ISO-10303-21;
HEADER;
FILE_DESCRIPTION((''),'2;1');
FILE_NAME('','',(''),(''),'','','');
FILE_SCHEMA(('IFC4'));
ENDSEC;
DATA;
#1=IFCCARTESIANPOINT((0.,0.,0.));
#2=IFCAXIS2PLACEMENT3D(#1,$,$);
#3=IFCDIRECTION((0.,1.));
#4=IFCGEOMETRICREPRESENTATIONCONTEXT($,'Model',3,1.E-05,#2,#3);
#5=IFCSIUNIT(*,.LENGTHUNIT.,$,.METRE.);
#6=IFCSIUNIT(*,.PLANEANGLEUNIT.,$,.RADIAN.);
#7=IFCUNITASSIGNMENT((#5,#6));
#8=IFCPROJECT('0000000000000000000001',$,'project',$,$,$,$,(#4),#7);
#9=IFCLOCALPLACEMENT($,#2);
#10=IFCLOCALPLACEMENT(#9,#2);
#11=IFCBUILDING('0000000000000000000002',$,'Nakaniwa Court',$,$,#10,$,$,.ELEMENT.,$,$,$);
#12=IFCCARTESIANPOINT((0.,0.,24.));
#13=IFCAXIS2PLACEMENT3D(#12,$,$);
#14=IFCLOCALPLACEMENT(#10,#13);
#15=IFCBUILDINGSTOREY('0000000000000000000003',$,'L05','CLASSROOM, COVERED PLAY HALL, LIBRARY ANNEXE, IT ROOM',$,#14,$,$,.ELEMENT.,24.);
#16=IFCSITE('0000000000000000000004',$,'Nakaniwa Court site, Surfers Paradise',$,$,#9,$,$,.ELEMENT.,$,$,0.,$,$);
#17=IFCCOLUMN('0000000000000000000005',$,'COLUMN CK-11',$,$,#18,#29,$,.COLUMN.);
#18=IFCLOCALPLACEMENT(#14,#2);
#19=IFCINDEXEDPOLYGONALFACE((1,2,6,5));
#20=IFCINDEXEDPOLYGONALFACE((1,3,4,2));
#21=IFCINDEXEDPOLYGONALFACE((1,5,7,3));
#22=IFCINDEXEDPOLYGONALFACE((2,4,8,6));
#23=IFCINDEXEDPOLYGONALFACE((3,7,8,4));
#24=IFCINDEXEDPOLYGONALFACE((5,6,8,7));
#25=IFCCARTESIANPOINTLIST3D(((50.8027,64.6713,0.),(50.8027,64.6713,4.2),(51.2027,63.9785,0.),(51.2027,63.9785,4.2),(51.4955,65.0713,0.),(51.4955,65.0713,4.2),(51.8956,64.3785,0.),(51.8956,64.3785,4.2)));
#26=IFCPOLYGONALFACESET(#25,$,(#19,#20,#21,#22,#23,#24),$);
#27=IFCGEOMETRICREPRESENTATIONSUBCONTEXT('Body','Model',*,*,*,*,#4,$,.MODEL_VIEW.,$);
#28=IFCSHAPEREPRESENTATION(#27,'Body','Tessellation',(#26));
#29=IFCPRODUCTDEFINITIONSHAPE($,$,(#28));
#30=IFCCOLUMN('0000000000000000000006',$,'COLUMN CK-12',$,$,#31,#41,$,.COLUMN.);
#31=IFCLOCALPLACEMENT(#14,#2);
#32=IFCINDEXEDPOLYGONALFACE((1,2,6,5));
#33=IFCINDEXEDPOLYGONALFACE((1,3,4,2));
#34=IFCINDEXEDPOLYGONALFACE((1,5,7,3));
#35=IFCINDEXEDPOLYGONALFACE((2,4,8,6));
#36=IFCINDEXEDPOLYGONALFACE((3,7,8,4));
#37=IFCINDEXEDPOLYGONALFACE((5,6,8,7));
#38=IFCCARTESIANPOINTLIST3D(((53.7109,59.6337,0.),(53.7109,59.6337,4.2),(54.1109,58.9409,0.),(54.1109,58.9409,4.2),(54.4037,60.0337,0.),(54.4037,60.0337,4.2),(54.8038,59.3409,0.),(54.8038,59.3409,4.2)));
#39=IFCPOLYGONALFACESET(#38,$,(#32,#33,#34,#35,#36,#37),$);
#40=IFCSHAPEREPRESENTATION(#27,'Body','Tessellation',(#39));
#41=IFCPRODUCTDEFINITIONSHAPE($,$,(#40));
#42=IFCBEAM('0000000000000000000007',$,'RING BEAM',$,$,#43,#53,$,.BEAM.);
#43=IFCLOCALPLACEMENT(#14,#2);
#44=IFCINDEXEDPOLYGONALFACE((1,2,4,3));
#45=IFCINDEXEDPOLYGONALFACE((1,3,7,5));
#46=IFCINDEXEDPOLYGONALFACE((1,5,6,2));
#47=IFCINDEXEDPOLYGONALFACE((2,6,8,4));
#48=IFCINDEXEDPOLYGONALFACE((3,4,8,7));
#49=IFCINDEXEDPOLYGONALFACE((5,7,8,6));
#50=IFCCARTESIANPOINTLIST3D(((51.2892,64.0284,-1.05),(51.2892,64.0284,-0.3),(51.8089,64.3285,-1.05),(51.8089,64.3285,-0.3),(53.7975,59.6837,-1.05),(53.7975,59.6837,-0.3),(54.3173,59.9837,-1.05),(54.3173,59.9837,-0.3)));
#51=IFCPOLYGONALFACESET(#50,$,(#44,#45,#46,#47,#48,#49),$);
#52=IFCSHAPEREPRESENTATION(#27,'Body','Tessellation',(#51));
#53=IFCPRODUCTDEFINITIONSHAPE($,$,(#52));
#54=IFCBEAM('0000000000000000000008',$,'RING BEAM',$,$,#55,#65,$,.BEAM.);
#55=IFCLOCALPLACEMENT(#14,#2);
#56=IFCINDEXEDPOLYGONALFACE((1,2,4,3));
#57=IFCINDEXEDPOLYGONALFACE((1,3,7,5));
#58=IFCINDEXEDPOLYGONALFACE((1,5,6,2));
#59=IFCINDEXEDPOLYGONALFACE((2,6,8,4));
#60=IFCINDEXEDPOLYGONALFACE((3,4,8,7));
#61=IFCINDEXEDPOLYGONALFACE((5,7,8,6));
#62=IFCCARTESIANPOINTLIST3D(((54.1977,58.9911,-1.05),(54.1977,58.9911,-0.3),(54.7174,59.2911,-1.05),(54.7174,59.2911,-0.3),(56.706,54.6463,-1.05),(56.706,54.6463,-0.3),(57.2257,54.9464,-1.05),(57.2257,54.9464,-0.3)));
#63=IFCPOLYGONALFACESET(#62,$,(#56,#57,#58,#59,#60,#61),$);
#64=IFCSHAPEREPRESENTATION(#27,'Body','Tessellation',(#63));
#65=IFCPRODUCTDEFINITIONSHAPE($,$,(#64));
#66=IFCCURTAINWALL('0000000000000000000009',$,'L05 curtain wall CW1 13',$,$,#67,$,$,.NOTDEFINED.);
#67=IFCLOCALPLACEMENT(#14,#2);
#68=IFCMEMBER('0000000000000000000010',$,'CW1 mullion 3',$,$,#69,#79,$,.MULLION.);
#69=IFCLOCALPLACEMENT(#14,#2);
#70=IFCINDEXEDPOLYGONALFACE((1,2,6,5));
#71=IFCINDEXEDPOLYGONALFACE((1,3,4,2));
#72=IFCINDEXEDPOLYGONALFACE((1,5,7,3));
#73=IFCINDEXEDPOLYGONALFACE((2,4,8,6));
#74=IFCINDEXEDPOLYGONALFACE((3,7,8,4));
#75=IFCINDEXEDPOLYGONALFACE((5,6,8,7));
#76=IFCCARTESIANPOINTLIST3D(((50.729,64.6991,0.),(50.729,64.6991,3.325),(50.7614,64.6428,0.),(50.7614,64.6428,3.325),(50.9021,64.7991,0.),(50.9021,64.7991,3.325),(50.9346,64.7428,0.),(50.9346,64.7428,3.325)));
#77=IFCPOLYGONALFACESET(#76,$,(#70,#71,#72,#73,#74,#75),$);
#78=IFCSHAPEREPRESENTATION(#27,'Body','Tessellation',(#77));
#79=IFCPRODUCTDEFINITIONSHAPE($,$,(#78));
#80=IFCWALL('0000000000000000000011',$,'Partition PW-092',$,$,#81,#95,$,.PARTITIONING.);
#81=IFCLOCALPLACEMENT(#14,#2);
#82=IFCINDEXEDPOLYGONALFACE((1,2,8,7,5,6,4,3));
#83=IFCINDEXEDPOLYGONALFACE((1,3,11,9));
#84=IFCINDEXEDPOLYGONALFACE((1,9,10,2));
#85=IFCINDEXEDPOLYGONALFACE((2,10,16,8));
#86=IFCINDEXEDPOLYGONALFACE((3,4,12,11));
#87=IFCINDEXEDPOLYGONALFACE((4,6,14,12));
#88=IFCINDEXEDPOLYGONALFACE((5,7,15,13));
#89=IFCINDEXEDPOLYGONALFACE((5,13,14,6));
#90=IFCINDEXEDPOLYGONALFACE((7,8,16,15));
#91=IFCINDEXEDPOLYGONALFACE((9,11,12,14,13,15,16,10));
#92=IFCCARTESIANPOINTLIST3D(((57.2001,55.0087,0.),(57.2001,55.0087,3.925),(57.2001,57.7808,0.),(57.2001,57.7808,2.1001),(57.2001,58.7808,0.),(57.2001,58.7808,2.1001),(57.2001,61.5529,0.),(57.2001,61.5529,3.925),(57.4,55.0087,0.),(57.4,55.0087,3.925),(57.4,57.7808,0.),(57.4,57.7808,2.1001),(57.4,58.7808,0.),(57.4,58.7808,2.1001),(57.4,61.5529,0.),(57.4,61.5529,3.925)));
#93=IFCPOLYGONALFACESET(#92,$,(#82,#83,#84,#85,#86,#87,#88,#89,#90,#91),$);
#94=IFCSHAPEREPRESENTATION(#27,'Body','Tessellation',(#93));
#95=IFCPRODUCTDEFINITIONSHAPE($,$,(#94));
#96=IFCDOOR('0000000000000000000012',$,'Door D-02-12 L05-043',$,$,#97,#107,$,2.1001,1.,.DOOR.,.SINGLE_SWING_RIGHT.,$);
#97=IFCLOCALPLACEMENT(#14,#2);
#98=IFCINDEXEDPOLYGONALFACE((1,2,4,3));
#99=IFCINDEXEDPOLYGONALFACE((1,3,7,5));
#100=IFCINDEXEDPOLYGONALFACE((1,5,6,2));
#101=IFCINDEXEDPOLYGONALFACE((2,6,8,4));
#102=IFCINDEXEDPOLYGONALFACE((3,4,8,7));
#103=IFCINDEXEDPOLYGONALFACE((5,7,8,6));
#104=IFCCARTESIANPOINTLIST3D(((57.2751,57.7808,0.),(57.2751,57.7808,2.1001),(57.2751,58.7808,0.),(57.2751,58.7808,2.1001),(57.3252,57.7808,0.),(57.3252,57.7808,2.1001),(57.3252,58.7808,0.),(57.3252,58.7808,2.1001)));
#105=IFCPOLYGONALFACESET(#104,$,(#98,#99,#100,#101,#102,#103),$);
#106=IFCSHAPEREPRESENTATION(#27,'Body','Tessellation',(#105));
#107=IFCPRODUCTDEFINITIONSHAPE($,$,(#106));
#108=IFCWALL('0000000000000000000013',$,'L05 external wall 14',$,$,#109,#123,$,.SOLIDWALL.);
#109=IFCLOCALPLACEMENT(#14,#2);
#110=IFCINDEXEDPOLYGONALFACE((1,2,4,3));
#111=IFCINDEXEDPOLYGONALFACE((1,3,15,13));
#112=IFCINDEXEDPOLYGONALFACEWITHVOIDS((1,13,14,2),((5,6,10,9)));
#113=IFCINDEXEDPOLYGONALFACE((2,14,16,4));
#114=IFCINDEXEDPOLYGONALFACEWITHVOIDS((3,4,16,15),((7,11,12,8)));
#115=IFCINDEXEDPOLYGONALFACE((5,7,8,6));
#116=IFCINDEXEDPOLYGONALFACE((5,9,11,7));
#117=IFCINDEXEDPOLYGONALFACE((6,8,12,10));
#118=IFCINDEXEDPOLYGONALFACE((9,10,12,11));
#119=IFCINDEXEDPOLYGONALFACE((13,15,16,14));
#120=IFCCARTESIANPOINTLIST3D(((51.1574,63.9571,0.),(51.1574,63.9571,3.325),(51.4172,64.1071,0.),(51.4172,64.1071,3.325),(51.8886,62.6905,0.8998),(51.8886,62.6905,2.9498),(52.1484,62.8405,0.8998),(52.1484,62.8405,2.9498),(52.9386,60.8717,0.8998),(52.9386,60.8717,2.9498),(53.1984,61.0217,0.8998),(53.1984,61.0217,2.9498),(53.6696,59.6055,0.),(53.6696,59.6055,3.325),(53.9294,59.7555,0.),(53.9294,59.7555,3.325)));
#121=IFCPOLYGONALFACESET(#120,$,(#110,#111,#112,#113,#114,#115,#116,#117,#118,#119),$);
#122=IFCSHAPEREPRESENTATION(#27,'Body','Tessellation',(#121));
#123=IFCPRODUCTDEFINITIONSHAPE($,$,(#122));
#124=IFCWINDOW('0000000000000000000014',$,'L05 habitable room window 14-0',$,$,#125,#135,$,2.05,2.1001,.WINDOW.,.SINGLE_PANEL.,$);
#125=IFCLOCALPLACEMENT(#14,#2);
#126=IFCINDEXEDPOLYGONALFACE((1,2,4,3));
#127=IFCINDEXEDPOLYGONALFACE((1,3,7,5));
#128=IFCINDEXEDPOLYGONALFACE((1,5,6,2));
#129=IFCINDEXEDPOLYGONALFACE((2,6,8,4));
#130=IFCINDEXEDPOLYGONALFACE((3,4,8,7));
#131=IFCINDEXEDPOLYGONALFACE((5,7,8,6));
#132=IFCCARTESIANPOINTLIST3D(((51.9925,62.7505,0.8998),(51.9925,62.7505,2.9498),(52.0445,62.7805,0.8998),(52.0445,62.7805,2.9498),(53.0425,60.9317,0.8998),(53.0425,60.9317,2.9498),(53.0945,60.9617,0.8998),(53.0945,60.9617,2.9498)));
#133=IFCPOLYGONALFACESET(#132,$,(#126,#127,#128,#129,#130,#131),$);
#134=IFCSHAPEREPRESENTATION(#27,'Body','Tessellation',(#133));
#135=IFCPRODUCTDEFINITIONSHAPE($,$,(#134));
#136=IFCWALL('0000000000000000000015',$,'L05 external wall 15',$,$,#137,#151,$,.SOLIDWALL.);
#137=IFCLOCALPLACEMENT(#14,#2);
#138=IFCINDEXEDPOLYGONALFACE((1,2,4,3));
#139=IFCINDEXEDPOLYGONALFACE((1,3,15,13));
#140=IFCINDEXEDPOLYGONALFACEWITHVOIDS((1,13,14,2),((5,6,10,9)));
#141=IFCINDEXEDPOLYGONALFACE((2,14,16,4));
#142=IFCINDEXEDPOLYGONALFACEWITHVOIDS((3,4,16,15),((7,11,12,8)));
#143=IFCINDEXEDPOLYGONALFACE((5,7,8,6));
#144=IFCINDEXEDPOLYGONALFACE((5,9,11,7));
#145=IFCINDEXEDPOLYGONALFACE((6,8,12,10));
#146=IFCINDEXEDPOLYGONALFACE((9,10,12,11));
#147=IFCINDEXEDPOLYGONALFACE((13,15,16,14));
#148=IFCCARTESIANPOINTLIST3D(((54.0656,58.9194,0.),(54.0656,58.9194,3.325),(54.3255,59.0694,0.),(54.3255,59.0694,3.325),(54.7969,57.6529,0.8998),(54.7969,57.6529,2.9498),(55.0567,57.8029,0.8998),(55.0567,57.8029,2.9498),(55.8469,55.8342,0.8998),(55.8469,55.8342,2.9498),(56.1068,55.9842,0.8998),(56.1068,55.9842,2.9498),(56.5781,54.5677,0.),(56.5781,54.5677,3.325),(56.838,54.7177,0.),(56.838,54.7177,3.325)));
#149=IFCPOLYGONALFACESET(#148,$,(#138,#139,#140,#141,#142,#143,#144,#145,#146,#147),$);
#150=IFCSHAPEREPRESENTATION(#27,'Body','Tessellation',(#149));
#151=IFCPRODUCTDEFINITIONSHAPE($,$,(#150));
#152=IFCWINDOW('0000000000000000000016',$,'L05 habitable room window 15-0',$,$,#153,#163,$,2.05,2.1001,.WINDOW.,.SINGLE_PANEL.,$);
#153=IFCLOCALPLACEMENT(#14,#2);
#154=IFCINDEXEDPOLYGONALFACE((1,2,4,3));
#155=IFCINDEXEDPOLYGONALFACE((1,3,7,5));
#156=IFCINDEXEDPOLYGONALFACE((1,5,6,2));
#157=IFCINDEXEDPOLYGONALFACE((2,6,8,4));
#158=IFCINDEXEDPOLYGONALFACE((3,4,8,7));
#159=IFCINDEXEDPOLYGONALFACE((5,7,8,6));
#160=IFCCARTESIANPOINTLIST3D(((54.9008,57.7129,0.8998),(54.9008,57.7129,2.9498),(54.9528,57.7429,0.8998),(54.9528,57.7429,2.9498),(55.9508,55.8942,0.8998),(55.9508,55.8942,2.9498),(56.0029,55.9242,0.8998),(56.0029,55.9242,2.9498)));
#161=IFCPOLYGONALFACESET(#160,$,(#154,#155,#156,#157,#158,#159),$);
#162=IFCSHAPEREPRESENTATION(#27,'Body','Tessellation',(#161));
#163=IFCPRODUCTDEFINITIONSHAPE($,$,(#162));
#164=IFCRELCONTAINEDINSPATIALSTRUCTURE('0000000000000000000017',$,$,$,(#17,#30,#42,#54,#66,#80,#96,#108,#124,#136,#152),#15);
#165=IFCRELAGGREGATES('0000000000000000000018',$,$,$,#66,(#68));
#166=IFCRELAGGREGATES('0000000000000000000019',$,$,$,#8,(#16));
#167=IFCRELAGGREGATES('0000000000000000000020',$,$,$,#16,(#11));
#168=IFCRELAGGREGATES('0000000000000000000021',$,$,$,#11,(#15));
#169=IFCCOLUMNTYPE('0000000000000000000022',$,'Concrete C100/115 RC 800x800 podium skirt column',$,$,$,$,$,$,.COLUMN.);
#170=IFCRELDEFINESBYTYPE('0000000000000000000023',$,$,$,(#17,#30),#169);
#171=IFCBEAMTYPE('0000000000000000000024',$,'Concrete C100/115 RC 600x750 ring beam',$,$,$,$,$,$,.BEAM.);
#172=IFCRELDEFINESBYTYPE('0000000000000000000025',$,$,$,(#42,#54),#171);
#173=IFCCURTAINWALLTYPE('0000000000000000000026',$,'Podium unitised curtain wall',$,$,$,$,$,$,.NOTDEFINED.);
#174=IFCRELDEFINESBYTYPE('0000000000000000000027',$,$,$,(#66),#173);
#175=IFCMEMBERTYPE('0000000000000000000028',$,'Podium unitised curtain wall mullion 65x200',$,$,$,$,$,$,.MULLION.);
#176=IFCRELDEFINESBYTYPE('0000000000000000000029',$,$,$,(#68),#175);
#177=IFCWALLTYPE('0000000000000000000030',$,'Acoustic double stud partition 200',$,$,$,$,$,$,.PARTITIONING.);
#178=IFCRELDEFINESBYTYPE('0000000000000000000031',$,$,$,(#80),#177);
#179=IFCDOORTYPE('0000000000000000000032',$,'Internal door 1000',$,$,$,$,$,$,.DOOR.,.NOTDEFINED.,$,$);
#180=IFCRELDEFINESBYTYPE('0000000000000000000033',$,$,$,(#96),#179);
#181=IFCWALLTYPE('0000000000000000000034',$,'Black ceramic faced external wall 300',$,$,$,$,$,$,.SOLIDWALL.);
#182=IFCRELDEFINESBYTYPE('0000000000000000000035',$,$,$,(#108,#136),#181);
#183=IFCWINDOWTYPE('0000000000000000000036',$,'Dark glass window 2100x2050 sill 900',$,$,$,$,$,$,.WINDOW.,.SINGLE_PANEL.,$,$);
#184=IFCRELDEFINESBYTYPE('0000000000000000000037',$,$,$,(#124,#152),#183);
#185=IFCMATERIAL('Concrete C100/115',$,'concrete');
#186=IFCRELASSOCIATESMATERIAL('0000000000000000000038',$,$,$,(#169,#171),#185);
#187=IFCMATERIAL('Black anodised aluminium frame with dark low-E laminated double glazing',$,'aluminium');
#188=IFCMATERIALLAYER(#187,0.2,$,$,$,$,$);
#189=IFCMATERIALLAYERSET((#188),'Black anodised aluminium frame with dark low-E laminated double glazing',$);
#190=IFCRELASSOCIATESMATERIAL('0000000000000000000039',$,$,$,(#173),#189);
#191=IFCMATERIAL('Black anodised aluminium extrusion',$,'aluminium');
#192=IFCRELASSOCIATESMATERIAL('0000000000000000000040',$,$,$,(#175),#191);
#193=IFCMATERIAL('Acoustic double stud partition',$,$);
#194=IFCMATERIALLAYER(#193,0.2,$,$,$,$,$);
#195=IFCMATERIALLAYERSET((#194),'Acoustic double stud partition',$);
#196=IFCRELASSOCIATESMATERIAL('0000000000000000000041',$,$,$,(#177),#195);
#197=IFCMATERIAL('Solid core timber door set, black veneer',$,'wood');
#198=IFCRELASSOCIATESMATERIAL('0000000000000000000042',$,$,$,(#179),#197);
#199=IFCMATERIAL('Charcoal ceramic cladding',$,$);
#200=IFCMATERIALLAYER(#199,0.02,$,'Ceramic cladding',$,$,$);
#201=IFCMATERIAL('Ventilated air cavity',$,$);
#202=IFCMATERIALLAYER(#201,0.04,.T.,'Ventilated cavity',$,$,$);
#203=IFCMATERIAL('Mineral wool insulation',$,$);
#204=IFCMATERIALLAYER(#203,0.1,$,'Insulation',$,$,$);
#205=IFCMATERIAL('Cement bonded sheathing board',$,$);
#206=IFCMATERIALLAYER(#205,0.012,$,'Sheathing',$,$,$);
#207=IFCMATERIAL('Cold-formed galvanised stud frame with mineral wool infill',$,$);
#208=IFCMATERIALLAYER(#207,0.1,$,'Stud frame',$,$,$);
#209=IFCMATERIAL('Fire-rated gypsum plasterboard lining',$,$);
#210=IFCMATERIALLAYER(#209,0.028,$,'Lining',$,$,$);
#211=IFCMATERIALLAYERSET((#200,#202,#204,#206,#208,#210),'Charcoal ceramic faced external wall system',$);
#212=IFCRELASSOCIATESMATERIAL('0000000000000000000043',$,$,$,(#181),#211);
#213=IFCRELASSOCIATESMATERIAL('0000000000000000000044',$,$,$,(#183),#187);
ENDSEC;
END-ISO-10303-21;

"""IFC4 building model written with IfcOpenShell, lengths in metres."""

from ifc_helpers import new_model, si_unit, direction, frame, frame_2d, origin, origin_2d, place, context, subcontext, project, spatial, rectangle, extrude, material, layer, layer_set, material_profile, profile_set, type_object, element, fill, aggregate, save


model = new_model("IFC4")

# Units and contexts
model_context = context("Model", 3, precision=1e-05, world=origin(), true_north=direction((0.0, 1.0)))
body_context = subcontext(model_context, "Body", "Model", "MODEL_VIEW")
ifc_project = project(units=[si_unit("LENGTHUNIT", "METRE"), si_unit("PLANEANGLEUNIT", "RADIAN")], contexts=[model_context])

# Site, building, storey
site_placement = place(None, origin())
site = spatial("IfcSite", under=ifc_project, at=site_placement, Name="Nakaniwa Court site, Surfers Paradise", CompositionType="ELEMENT", RefElevation=0.0)
building_placement = place(site_placement, origin())
building = spatial("IfcBuilding", under=site, at=building_placement, Name="Nakaniwa Court", CompositionType="ELEMENT")
storey_placement = place(building_placement, frame((0.0, 0.0, 24.0)))
storey = spatial("IfcBuildingStorey", under=building, at=storey_placement, Name="L05", Description="CLASSROOM, COVERED PLAY HALL, LIBRARY ANNEXE, IT ROOM", CompositionType="ELEMENT", Elevation=24.0)

# Columns
ifc_material_1 = material(Name="Concrete C100/115", Category="concrete")
ifc_material_profile_1 = material_profile(ifc_material_1, rectangle(XDim=0.8, YDim=0.8, at=origin_2d()), Name="Concrete C100/115 RC 800x800 podium skirt column")
ifc_profile_set_1 = profile_set([ifc_material_profile_1], Name="Concrete C100/115")
column_type = type_object("IfcColumnType", Name="Concrete C100/115 RC 800x800 podium skirt column", PredefinedType="COLUMN", material=ifc_profile_set_1)
for number, where, z_axis, x_axis, name in (
    (1, (51.3491, 64.5249, 0.0), (0.0, 0.0, 1.0), (0.5, -0.866025, 0.0), "COLUMN CK-11"),
    (2, (54.2573, 59.4873, 0.0), (0.0, 0.0, 1.0), (0.5, -0.866025, 0.0), "COLUMN CK-12"),
):
    element("IfcColumn", number, at=place(storey_placement, frame(where, z_axis=z_axis, x_axis=x_axis)), inside=storey, type_object=column_type, Name=name, PredefinedType="COLUMN", context=body_context, shape_type="SweptSolid", body=[
        extrude(rectangle(XDim=0.8, YDim=0.8, at=origin_2d()), origin(), (0.0, 0.0, 1.0), 4.2),
    ])

# Beams
ifc_material_profile_2 = material_profile(ifc_material_1, rectangle(XDim=0.6001, YDim=0.75, at=origin_2d()), Name="Concrete C100/115 RC 600x750 ring beam")
ifc_profile_set_2 = profile_set([ifc_material_profile_2], Name="Concrete C100/115")
beam_type = type_object("IfcBeamType", Name="Concrete C100/115 RC 600x750 ring beam", PredefinedType="BEAM", material=ifc_profile_set_2)
for number, where, z_axis, x_axis, name in (
    (3, (51.5491, 64.1785, -0.675), (0.499981, -0.866036, 0.0), (0.866036, 0.499981, 0.0), "RING BEAM"),
    (4, (54.4575, 59.1411, -0.675), (0.499981, -0.866036, 0.0), (0.866036, 0.499981, 0.0), "RING BEAM"),
):
    element("IfcBeam", number, at=place(storey_placement, frame(where, z_axis=z_axis, x_axis=x_axis)), inside=storey, type_object=beam_type, Name=name, PredefinedType="BEAM", context=body_context, shape_type="SweptSolid", body=[
        extrude(rectangle(XDim=0.6001, YDim=0.75, at=origin_2d()), origin(), (0.0, 0.0, 1.0), 5.0168),
    ])

# Curtain wall, member
ifc_material_2 = material(Name="Black anodised aluminium frame with dark low-E laminated double glazing", Category="aluminium")
ifc_layer_1 = layer(ifc_material_2, 0.2)
ifc_layer_set_1 = layer_set([ifc_layer_1], Name="Black anodised aluminium frame with dark low-E laminated double glazing")
curtain_wall_type = type_object("IfcCurtainWallType", Name="Podium unitised curtain wall", PredefinedType="NOTDEFINED", material=ifc_layer_set_1)
curtain_wall_placement = place(storey_placement, origin())
curtain_wall = element("IfcCurtainWall", 5, at=curtain_wall_placement, inside=storey, type_object=curtain_wall_type, Name="L05 curtain wall CW1 13", PredefinedType="NOTDEFINED")
ifc_material_3 = material(Name="Black anodised aluminium extrusion", Category="aluminium")
ifc_material_profile_3 = material_profile(ifc_material_3, rectangle(XDim=0.2, YDim=0.0649, at=origin_2d()), Name="Podium unitised curtain wall mullion 65x200")
ifc_profile_set_3 = profile_set([ifc_material_profile_3], Name="Black anodised aluminium extrusion")
member_type = type_object("IfcMemberType", Name="Podium unitised curtain wall mullion 65x200", PredefinedType="MULLION", material=ifc_profile_set_3)
member_placement = place(storey_placement, frame((50.8318, 64.7209, 0.0), z_axis=(0.0, 0.0, 1.0), x_axis=(0.86603, 0.499992, 0.0)))
member = element("IfcMember", 6, at=member_placement, type_object=member_type, Name="CW1 mullion 3", PredefinedType="MULLION", context=body_context, shape_type="SweptSolid", body=[
    extrude(rectangle(XDim=0.2, YDim=0.0649, at=origin_2d()), origin(), (0.0, 0.0, 1.0), 3.325),
])
aggregate(curtain_wall, [member])

# Wall, opening, door
ifc_material_4 = material(Name="Acoustic double stud partition")
ifc_layer_2 = layer(ifc_material_4, 0.2)
ifc_layer_set_2 = layer_set([ifc_layer_2], Name="Acoustic double stud partition")
wall_type_1 = type_object("IfcWallType", Name="Acoustic double stud partition 200", PredefinedType="PARTITIONING", material=ifc_layer_set_2)
wall_1_placement = place(storey_placement, frame((57.3, 55.0088, 0.0), z_axis=(0.0, 0.0, 1.0), x_axis=(0.0, 1.0, 0.0)))
wall_1 = element("IfcWall", 7, at=wall_1_placement, inside=storey, type_object=wall_type_1, Name="Partition PW-092", PredefinedType="PARTITIONING", context=body_context, shape_type="SweptSolid", body=[
    extrude(rectangle(XDim=6.5442, YDim=0.2, at=frame_2d((3.272, 0.0))), origin(), (0.0, 0.0, 1.0), 3.925),
])
opening_1_placement = place(wall_1_placement, frame((2.772, 0.0, 0.0)))
opening_1 = element("IfcOpeningElement", 8, at=opening_1_placement, cuts=wall_1, PredefinedType="OPENING", context=body_context, shape_type="SweptSolid", body=[
    extrude(rectangle(XDim=1.0, YDim=2.1001, at=frame_2d((0.5, 1.05))), frame((0.0, 0.1099, 0.0), z_axis=(0.0, -1.0, 0.0), x_axis=(1.0, 0.0, 0.0)), (0.0, 0.0, 1.0), 0.22),
])
ifc_material_5 = material(Name="Solid core timber door set, black veneer", Category="wood")
door_type = type_object("IfcDoorType", Name="Internal door 1000", OperationType="NOTDEFINED", PredefinedType="DOOR", material=ifc_material_5)
door_placement = place(opening_1_placement, origin())
door = element("IfcDoor", 9, at=door_placement, inside=storey, type_object=door_type, Name="Door D-02-12 L05-043", OperationType="SINGLE_SWING_RIGHT", OverallHeight=2.1001, OverallWidth=1.0, PredefinedType="DOOR", context=body_context, shape_type="SweptSolid", body=[
    extrude(rectangle(XDim=1.0, YDim=2.1001, at=frame_2d((0.5, 1.05))), frame((0.0, 0.0249, 0.0), z_axis=(0.0, -1.0, 0.0), x_axis=(1.0, 0.0, 0.0)), (0.0, 0.0, 1.0), 0.05),
])
fill(opening_1, door)

# Walls, openings, windows
ifc_material_6 = material(Name="Charcoal ceramic cladding")
ifc_layer_3 = layer(ifc_material_6, 0.02, Name="Ceramic cladding")
ifc_material_7 = material(Name="Ventilated air cavity")
ifc_layer_4 = layer(ifc_material_7, 0.04, ventilated=True, Name="Ventilated cavity")
ifc_material_8 = material(Name="Mineral wool insulation")
ifc_layer_5 = layer(ifc_material_8, 0.1, Name="Insulation")
ifc_material_9 = material(Name="Cement bonded sheathing board")
ifc_layer_6 = layer(ifc_material_9, 0.012, Name="Sheathing")
ifc_material_10 = material(Name="Cold-formed galvanised stud frame with mineral wool infill")
ifc_layer_7 = layer(ifc_material_10, 0.1, Name="Stud frame")
ifc_material_11 = material(Name="Fire-rated gypsum plasterboard lining")
ifc_layer_8 = layer(ifc_material_11, 0.028, Name="Lining")
ifc_layer_set_3 = layer_set([ifc_layer_3, ifc_layer_4, ifc_layer_5, ifc_layer_6, ifc_layer_7, ifc_layer_8], Name="Charcoal ceramic faced external wall system")
wall_type_2 = type_object("IfcWallType", Name="Black ceramic faced external wall 300", PredefinedType="SOLIDWALL", material=ifc_layer_set_3)
wall_2_placement = place(storey_placement, frame((51.2874, 64.032, 0.0), z_axis=(0.0, 0.0, 1.0), x_axis=(0.499975, -0.86604, 0.0)))
wall_2 = element("IfcWall", 10, at=wall_2_placement, inside=storey, type_object=wall_type_2, Name="L05 external wall 14", PredefinedType="SOLIDWALL", context=body_context, shape_type="SweptSolid", body=[
    extrude(rectangle(XDim=5.0247, YDim=0.3, at=frame_2d((2.5122, 0.0))), origin(), (0.0, 0.0, 1.0), 3.325),
])
opening_2_placement = place(wall_2_placement, frame((1.4624, 0.0, 0.8999)))
opening_2 = element("IfcOpeningElement", 11, at=opening_2_placement, cuts=wall_2, PredefinedType="OPENING", context=body_context, shape_type="SweptSolid", body=[
    extrude(rectangle(XDim=2.1001, YDim=2.05, at=frame_2d((1.05, 1.0249))), frame((0.0, 0.1599, 0.0), z_axis=(0.0, -1.0, 0.0), x_axis=(1.0, 0.0, 0.0)), (0.0, 0.0, 1.0), 0.3201),
])
window_type = type_object("IfcWindowType", Name="Dark glass window 2100x2050 sill 900", PartitioningType="SINGLE_PANEL", PredefinedType="WINDOW", material=ifc_material_2)
window_1_placement = place(opening_2_placement, origin())
window_1 = element("IfcWindow", 12, at=window_1_placement, inside=storey, type_object=window_type, Name="L05 habitable room window 14-0", OverallHeight=2.05, OverallWidth=2.1001, PartitioningType="SINGLE_PANEL", PredefinedType="WINDOW", context=body_context, shape_type="SweptSolid", body=[
    extrude(rectangle(XDim=2.1001, YDim=2.05, at=frame_2d((1.05, 1.0249))), frame((0.0, 0.03, 0.0), z_axis=(0.0, -1.0, 0.0), x_axis=(1.0, 0.0, 0.0)), (0.0, 0.0, 1.0), 0.0601),
])
fill(opening_2, window_1)
wall_3_placement = place(storey_placement, frame((54.1956, 58.9944, 0.0), z_axis=(0.0, 0.0, 1.0), x_axis=(0.500011, -0.866019, 0.0)))
wall_3 = element("IfcWall", 13, at=wall_3_placement, inside=storey, type_object=wall_type_2, Name="L05 external wall 15", PredefinedType="SOLIDWALL", context=body_context, shape_type="SweptSolid", body=[
    extrude(rectangle(XDim=5.0249, YDim=0.3, at=frame_2d((2.5125, 0.0))), origin(), (0.0, 0.0, 1.0), 3.325),
])
opening_3_placement = place(wall_3_placement, frame((1.4624, 0.0, 0.8999)))
opening_3 = element("IfcOpeningElement", 14, at=opening_3_placement, cuts=wall_3, PredefinedType="OPENING", context=body_context, shape_type="SweptSolid", body=[
    extrude(rectangle(XDim=2.1001, YDim=2.05, at=frame_2d((1.05, 1.0249))), frame((0.0, 0.1599, 0.0), z_axis=(0.0, -1.0, 0.0), x_axis=(1.0, 0.0, 0.0)), (0.0, 0.0, 1.0), 0.3201),
])
window_2_placement = place(opening_3_placement, origin())
window_2 = element("IfcWindow", 15, at=window_2_placement, inside=storey, type_object=window_type, Name="L05 habitable room window 15-0", OverallHeight=2.05, OverallWidth=2.1001, PartitioningType="SINGLE_PANEL", PredefinedType="WINDOW", context=body_context, shape_type="SweptSolid", body=[
    extrude(rectangle(XDim=2.1001, YDim=2.05, at=frame_2d((1.05, 1.0249))), frame((0.0, 0.03, 0.0), z_axis=(0.0, -1.0, 0.0), x_axis=(1.0, 0.0, 0.0)), (0.0, 0.0, 1.0), 0.0601),
])
fill(opening_3, window_2)

save(model, "model.ifc")
